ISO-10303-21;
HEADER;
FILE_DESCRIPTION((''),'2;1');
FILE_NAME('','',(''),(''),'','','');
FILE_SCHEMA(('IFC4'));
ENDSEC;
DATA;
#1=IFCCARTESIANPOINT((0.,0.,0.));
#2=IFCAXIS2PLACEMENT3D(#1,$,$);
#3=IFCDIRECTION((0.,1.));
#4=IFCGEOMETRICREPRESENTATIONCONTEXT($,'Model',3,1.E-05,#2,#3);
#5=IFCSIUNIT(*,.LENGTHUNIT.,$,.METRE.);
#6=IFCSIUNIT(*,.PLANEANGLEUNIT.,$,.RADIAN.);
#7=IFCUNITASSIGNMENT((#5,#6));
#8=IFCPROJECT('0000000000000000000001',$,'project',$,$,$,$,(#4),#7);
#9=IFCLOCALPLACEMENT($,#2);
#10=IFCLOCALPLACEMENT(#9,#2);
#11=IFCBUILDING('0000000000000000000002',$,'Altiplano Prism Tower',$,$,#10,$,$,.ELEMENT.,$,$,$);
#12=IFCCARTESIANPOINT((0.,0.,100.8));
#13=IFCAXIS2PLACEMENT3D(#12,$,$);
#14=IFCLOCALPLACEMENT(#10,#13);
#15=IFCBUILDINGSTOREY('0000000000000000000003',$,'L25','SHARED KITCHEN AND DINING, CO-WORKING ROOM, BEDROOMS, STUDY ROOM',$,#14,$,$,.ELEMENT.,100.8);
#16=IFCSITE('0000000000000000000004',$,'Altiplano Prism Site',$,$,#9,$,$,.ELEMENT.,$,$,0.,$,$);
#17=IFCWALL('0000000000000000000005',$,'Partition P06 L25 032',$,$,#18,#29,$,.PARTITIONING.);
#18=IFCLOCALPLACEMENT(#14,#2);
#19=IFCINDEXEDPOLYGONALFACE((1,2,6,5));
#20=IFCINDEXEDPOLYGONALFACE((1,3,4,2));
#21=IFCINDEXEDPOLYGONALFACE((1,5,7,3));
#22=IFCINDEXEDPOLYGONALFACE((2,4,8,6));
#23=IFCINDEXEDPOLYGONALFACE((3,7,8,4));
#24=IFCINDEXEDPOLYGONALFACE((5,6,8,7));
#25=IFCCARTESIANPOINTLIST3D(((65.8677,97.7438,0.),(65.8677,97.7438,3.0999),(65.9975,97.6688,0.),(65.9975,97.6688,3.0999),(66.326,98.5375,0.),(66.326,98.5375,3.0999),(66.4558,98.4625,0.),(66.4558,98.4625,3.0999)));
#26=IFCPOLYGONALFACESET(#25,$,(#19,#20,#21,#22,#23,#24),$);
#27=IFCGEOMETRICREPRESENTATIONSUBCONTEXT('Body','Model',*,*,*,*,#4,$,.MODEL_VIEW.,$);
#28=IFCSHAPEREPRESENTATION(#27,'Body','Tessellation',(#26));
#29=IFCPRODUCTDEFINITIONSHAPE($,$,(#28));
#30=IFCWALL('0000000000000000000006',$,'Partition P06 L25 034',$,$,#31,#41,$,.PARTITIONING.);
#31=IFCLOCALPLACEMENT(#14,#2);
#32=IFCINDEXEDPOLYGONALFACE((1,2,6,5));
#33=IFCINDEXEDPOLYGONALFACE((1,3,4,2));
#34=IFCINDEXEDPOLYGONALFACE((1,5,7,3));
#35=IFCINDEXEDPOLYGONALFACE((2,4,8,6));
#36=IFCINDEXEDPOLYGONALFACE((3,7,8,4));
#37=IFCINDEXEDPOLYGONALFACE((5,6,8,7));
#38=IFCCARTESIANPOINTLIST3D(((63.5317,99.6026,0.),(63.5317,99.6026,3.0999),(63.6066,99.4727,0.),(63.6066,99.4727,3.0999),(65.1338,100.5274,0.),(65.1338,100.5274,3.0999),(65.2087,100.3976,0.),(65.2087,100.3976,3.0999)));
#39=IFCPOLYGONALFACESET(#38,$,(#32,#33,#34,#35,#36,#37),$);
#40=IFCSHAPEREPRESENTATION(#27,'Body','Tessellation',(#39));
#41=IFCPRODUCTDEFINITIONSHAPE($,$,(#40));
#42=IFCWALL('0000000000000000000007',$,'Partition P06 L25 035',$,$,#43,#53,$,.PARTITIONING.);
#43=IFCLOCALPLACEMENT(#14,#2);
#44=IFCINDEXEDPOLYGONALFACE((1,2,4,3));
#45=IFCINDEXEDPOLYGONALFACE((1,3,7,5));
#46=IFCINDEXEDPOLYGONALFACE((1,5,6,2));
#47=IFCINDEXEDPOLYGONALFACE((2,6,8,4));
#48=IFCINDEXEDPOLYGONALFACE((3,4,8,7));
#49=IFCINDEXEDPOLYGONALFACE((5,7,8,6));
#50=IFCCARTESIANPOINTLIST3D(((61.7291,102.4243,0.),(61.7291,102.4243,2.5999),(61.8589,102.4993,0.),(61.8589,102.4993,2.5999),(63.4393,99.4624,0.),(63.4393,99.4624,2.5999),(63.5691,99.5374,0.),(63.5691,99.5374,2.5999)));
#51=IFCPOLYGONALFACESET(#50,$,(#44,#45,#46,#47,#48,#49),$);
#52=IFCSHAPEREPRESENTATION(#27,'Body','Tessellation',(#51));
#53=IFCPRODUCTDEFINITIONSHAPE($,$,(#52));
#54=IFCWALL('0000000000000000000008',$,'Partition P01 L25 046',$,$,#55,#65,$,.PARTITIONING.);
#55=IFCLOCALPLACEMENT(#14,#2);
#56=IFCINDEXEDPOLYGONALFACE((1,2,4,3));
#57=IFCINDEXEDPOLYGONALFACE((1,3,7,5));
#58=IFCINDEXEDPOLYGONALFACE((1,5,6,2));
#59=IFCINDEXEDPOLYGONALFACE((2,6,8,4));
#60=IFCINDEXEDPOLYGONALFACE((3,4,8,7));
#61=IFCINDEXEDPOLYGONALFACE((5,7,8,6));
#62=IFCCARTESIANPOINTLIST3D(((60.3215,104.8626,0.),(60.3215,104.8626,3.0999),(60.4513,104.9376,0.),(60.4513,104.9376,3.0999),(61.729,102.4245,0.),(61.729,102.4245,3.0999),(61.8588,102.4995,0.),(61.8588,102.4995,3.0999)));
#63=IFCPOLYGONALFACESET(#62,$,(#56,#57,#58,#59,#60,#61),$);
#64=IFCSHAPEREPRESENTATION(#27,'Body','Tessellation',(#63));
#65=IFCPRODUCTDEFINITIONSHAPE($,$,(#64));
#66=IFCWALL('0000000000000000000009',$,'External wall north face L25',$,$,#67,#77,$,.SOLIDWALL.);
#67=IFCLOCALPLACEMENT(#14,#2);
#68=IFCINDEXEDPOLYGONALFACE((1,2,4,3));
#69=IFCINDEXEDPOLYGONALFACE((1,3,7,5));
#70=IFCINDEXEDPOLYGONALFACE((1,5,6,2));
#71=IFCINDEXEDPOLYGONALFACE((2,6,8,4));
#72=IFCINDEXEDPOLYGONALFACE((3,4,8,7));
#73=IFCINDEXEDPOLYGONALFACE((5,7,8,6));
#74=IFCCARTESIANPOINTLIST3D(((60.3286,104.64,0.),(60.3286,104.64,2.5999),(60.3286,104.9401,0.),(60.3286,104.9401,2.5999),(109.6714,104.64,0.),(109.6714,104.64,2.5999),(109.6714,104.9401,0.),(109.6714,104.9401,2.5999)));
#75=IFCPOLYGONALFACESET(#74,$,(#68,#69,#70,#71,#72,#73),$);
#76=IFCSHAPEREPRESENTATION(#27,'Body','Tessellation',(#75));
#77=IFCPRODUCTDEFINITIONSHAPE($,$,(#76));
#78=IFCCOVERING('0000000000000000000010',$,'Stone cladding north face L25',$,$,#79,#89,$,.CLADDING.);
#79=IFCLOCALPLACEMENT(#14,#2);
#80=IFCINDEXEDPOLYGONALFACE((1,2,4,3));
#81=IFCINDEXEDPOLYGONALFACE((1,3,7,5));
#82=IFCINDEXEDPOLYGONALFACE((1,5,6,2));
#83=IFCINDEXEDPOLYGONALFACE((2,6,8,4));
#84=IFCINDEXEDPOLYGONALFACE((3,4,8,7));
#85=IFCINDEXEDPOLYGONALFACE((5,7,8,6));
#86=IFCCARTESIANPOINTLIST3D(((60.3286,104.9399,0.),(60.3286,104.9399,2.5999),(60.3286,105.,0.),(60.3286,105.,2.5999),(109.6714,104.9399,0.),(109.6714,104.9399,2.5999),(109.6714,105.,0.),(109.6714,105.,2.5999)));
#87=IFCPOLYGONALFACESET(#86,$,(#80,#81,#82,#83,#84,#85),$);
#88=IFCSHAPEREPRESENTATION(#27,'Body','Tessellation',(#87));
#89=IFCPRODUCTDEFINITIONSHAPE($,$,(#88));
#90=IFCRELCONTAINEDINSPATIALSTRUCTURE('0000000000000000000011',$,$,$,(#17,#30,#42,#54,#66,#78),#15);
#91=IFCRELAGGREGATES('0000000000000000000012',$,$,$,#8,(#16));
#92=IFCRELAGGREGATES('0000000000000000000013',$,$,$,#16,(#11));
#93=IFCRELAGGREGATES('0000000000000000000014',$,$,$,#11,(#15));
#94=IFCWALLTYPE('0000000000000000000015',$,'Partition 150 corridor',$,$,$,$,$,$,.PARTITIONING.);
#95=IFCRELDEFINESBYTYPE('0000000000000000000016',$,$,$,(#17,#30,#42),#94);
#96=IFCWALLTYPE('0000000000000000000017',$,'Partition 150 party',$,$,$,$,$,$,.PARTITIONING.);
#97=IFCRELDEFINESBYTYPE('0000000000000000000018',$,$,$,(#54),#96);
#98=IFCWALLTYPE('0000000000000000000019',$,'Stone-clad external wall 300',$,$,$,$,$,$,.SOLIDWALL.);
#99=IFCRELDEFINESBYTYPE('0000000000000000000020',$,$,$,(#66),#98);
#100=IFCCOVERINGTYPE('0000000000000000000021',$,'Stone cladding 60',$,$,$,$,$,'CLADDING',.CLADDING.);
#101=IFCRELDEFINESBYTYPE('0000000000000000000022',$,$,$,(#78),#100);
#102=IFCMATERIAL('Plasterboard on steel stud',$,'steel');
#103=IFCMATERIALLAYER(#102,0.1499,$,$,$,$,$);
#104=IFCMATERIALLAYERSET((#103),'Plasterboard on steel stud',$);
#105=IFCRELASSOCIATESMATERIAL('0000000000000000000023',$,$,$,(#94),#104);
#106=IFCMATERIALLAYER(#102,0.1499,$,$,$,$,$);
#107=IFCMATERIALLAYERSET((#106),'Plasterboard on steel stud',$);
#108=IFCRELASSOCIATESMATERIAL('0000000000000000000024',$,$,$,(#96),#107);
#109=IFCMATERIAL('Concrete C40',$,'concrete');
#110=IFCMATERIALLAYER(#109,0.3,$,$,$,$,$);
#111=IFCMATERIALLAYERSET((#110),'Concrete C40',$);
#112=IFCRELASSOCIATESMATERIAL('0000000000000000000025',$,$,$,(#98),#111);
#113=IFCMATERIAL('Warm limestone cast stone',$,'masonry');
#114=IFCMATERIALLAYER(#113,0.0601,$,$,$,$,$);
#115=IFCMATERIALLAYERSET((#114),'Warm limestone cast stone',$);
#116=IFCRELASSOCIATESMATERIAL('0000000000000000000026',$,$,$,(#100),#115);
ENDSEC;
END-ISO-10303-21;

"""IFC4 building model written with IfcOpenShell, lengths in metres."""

from ifc_helpers import new_model, si_unit, direction, frame, frame_2d, origin, place, context, subcontext, project, spatial, rectangle, extrude, material, layer, layer_set, type_object, element, save


model = new_model("IFC4")

# Units and contexts
model_context = context("Model", 3, precision=1e-05, world=origin(), true_north=direction((0.0, 1.0)))
body_context = subcontext(model_context, "Body", "Model", "MODEL_VIEW")
ifc_project = project(units=[si_unit("LENGTHUNIT", "METRE"), si_unit("PLANEANGLEUNIT", "RADIAN")], contexts=[model_context])

# Site, building, storey
site_placement = place(None, origin())
site = spatial("IfcSite", under=ifc_project, at=site_placement, Name="Altiplano Prism Site", CompositionType="ELEMENT", RefElevation=0.0)
building_placement = place(site_placement, origin())
building = spatial("IfcBuilding", under=site, at=building_placement, Name="Altiplano Prism Tower", CompositionType="ELEMENT")
storey_placement = place(building_placement, frame((0.0, 0.0, 100.8)))
storey = spatial("IfcBuildingStorey", under=building, at=storey_placement, Name="L25", Description="SHARED KITCHEN AND DINING, CO-WORKING ROOM, BEDROOMS, STUDY ROOM", CompositionType="ELEMENT", Elevation=100.8)

# Shared definitions
ifc_material_1 = material(Name="Plasterboard on steel stud", Category="steel")
ifc_layer_1 = layer(ifc_material_1, 0.1499)
ifc_layer_set_1 = layer_set([ifc_layer_1], Name="Plasterboard on steel stud")
wall_type_1 = type_object("IfcWallType", Name="Partition 150 corridor", PredefinedType="PARTITIONING", material=ifc_layer_set_1)

# Walls
wall_1_placement = place(storey_placement, frame((65.9326, 97.7063, 0.0), z_axis=(0.0, 0.0, 1.0), x_axis=(0.500007, 0.866021, 0.0)))
element("IfcWall", 1, at=wall_1_placement, inside=storey, type_object=wall_type_1, Name="Partition P06 L25 032", PredefinedType="PARTITIONING", context=body_context, shape_type="SweptSolid", body=[
    extrude(rectangle(XDim=0.9165, YDim=0.1499, at=frame_2d((0.4583, 0.0))), origin(), (0.0, 0.0, 1.0), 3.0999),
])
wall_2_placement = place(storey_placement, frame((65.1711, 100.4624, 0.0), z_axis=(0.0, 0.0, 1.0), x_axis=(-0.866058, -0.499943, 0.0)))
element("IfcWall", 2, at=wall_2_placement, inside=storey, type_object=wall_type_1, Name="Partition P06 L25 034", PredefinedType="PARTITIONING", context=body_context, shape_type="SweptSolid", body=[
    extrude(rectangle(XDim=1.8499, YDim=0.1499, at=frame_2d((0.9248, 0.0))), origin(), (0.0, 0.0, 1.0), 3.0999),
])
wall_3_placement = place(storey_placement, frame((63.5042, 99.5, 0.0), z_axis=(0.0, 0.0, 1.0), x_axis=(-0.500031, 0.866007, 0.0)))
element("IfcWall", 3, at=wall_3_placement, inside=storey, type_object=wall_type_1, Name="Partition P06 L25 035", PredefinedType="PARTITIONING", context=body_context, shape_type="SweptSolid", body=[
    extrude(rectangle(XDim=3.4202, YDim=0.1499, at=frame_2d((1.71, 0.0))), origin(), (0.0, 0.0, 1.0), 2.5999),
])
ifc_layer_2 = layer(ifc_material_1, 0.1499)
ifc_layer_set_2 = layer_set([ifc_layer_2], Name="Plasterboard on steel stud")
wall_type_2 = type_object("IfcWallType", Name="Partition 150 party", PredefinedType="PARTITIONING", material=ifc_layer_set_2)
wall_4_placement = place(storey_placement, frame((61.7939, 102.4619, 0.0), z_axis=(0.0, 0.0, 1.0), x_axis=(-0.499973, 0.866041, 0.0)))
element("IfcWall", 4, at=wall_4_placement, inside=storey, type_object=wall_type_2, Name="Partition P01 L25 046", PredefinedType="PARTITIONING", context=body_context, shape_type="SweptSolid", body=[
    extrude(rectangle(XDim=2.8152, YDim=0.1499, at=frame_2d((1.4077, 0.0))), origin(), (0.0, 0.0, 1.0), 3.0999),
])
ifc_material_2 = material(Name="Concrete C40", Category="concrete")
ifc_layer_3 = layer(ifc_material_2, 0.3)
ifc_layer_set_3 = layer_set([ifc_layer_3], Name="Concrete C40")
wall_type_3 = type_object("IfcWallType", Name="Stone-clad external wall 300", PredefinedType="SOLIDWALL", material=ifc_layer_set_3)
wall_5_placement = place(storey_placement, frame((60.3286, 104.79, 0.0), z_axis=(0.0, 0.0, 1.0), x_axis=(1.0, 0.0, 0.0)))
element("IfcWall", 5, at=wall_5_placement, inside=storey, type_object=wall_type_3, Name="External wall north face L25", PredefinedType="SOLIDWALL", context=body_context, shape_type="SweptSolid", body=[
    extrude(rectangle(XDim=49.3428, YDim=0.3, at=frame_2d((24.6714, 0.0))), origin(), (0.0, 0.0, 1.0), 2.5999),
])

# Covering
ifc_material_3 = material(Name="Warm limestone cast stone", Category="masonry")
ifc_layer_4 = layer(ifc_material_3, 0.0601)
ifc_layer_set_4 = layer_set([ifc_layer_4], Name="Warm limestone cast stone")
covering_type = type_object("IfcCoveringType", Name="Stone cladding 60", ElementType="CLADDING", PredefinedType="CLADDING", material=ifc_layer_set_4)
covering_placement = place(storey_placement, frame((60.3286, 104.97, 0.0), z_axis=(0.0, 0.0, 1.0), x_axis=(1.0, 0.0, 0.0)))
element("IfcCovering", 6, at=covering_placement, inside=storey, type_object=covering_type, Name="Stone cladding north face L25", PredefinedType="CLADDING", context=body_context, shape_type="SweptSolid", body=[
    extrude(rectangle(XDim=49.3428, YDim=0.0601, at=frame_2d((24.6714, 0.0))), origin(), (0.0, 0.0, 1.0), 2.5999),
])

save(model, "model.ifc")
